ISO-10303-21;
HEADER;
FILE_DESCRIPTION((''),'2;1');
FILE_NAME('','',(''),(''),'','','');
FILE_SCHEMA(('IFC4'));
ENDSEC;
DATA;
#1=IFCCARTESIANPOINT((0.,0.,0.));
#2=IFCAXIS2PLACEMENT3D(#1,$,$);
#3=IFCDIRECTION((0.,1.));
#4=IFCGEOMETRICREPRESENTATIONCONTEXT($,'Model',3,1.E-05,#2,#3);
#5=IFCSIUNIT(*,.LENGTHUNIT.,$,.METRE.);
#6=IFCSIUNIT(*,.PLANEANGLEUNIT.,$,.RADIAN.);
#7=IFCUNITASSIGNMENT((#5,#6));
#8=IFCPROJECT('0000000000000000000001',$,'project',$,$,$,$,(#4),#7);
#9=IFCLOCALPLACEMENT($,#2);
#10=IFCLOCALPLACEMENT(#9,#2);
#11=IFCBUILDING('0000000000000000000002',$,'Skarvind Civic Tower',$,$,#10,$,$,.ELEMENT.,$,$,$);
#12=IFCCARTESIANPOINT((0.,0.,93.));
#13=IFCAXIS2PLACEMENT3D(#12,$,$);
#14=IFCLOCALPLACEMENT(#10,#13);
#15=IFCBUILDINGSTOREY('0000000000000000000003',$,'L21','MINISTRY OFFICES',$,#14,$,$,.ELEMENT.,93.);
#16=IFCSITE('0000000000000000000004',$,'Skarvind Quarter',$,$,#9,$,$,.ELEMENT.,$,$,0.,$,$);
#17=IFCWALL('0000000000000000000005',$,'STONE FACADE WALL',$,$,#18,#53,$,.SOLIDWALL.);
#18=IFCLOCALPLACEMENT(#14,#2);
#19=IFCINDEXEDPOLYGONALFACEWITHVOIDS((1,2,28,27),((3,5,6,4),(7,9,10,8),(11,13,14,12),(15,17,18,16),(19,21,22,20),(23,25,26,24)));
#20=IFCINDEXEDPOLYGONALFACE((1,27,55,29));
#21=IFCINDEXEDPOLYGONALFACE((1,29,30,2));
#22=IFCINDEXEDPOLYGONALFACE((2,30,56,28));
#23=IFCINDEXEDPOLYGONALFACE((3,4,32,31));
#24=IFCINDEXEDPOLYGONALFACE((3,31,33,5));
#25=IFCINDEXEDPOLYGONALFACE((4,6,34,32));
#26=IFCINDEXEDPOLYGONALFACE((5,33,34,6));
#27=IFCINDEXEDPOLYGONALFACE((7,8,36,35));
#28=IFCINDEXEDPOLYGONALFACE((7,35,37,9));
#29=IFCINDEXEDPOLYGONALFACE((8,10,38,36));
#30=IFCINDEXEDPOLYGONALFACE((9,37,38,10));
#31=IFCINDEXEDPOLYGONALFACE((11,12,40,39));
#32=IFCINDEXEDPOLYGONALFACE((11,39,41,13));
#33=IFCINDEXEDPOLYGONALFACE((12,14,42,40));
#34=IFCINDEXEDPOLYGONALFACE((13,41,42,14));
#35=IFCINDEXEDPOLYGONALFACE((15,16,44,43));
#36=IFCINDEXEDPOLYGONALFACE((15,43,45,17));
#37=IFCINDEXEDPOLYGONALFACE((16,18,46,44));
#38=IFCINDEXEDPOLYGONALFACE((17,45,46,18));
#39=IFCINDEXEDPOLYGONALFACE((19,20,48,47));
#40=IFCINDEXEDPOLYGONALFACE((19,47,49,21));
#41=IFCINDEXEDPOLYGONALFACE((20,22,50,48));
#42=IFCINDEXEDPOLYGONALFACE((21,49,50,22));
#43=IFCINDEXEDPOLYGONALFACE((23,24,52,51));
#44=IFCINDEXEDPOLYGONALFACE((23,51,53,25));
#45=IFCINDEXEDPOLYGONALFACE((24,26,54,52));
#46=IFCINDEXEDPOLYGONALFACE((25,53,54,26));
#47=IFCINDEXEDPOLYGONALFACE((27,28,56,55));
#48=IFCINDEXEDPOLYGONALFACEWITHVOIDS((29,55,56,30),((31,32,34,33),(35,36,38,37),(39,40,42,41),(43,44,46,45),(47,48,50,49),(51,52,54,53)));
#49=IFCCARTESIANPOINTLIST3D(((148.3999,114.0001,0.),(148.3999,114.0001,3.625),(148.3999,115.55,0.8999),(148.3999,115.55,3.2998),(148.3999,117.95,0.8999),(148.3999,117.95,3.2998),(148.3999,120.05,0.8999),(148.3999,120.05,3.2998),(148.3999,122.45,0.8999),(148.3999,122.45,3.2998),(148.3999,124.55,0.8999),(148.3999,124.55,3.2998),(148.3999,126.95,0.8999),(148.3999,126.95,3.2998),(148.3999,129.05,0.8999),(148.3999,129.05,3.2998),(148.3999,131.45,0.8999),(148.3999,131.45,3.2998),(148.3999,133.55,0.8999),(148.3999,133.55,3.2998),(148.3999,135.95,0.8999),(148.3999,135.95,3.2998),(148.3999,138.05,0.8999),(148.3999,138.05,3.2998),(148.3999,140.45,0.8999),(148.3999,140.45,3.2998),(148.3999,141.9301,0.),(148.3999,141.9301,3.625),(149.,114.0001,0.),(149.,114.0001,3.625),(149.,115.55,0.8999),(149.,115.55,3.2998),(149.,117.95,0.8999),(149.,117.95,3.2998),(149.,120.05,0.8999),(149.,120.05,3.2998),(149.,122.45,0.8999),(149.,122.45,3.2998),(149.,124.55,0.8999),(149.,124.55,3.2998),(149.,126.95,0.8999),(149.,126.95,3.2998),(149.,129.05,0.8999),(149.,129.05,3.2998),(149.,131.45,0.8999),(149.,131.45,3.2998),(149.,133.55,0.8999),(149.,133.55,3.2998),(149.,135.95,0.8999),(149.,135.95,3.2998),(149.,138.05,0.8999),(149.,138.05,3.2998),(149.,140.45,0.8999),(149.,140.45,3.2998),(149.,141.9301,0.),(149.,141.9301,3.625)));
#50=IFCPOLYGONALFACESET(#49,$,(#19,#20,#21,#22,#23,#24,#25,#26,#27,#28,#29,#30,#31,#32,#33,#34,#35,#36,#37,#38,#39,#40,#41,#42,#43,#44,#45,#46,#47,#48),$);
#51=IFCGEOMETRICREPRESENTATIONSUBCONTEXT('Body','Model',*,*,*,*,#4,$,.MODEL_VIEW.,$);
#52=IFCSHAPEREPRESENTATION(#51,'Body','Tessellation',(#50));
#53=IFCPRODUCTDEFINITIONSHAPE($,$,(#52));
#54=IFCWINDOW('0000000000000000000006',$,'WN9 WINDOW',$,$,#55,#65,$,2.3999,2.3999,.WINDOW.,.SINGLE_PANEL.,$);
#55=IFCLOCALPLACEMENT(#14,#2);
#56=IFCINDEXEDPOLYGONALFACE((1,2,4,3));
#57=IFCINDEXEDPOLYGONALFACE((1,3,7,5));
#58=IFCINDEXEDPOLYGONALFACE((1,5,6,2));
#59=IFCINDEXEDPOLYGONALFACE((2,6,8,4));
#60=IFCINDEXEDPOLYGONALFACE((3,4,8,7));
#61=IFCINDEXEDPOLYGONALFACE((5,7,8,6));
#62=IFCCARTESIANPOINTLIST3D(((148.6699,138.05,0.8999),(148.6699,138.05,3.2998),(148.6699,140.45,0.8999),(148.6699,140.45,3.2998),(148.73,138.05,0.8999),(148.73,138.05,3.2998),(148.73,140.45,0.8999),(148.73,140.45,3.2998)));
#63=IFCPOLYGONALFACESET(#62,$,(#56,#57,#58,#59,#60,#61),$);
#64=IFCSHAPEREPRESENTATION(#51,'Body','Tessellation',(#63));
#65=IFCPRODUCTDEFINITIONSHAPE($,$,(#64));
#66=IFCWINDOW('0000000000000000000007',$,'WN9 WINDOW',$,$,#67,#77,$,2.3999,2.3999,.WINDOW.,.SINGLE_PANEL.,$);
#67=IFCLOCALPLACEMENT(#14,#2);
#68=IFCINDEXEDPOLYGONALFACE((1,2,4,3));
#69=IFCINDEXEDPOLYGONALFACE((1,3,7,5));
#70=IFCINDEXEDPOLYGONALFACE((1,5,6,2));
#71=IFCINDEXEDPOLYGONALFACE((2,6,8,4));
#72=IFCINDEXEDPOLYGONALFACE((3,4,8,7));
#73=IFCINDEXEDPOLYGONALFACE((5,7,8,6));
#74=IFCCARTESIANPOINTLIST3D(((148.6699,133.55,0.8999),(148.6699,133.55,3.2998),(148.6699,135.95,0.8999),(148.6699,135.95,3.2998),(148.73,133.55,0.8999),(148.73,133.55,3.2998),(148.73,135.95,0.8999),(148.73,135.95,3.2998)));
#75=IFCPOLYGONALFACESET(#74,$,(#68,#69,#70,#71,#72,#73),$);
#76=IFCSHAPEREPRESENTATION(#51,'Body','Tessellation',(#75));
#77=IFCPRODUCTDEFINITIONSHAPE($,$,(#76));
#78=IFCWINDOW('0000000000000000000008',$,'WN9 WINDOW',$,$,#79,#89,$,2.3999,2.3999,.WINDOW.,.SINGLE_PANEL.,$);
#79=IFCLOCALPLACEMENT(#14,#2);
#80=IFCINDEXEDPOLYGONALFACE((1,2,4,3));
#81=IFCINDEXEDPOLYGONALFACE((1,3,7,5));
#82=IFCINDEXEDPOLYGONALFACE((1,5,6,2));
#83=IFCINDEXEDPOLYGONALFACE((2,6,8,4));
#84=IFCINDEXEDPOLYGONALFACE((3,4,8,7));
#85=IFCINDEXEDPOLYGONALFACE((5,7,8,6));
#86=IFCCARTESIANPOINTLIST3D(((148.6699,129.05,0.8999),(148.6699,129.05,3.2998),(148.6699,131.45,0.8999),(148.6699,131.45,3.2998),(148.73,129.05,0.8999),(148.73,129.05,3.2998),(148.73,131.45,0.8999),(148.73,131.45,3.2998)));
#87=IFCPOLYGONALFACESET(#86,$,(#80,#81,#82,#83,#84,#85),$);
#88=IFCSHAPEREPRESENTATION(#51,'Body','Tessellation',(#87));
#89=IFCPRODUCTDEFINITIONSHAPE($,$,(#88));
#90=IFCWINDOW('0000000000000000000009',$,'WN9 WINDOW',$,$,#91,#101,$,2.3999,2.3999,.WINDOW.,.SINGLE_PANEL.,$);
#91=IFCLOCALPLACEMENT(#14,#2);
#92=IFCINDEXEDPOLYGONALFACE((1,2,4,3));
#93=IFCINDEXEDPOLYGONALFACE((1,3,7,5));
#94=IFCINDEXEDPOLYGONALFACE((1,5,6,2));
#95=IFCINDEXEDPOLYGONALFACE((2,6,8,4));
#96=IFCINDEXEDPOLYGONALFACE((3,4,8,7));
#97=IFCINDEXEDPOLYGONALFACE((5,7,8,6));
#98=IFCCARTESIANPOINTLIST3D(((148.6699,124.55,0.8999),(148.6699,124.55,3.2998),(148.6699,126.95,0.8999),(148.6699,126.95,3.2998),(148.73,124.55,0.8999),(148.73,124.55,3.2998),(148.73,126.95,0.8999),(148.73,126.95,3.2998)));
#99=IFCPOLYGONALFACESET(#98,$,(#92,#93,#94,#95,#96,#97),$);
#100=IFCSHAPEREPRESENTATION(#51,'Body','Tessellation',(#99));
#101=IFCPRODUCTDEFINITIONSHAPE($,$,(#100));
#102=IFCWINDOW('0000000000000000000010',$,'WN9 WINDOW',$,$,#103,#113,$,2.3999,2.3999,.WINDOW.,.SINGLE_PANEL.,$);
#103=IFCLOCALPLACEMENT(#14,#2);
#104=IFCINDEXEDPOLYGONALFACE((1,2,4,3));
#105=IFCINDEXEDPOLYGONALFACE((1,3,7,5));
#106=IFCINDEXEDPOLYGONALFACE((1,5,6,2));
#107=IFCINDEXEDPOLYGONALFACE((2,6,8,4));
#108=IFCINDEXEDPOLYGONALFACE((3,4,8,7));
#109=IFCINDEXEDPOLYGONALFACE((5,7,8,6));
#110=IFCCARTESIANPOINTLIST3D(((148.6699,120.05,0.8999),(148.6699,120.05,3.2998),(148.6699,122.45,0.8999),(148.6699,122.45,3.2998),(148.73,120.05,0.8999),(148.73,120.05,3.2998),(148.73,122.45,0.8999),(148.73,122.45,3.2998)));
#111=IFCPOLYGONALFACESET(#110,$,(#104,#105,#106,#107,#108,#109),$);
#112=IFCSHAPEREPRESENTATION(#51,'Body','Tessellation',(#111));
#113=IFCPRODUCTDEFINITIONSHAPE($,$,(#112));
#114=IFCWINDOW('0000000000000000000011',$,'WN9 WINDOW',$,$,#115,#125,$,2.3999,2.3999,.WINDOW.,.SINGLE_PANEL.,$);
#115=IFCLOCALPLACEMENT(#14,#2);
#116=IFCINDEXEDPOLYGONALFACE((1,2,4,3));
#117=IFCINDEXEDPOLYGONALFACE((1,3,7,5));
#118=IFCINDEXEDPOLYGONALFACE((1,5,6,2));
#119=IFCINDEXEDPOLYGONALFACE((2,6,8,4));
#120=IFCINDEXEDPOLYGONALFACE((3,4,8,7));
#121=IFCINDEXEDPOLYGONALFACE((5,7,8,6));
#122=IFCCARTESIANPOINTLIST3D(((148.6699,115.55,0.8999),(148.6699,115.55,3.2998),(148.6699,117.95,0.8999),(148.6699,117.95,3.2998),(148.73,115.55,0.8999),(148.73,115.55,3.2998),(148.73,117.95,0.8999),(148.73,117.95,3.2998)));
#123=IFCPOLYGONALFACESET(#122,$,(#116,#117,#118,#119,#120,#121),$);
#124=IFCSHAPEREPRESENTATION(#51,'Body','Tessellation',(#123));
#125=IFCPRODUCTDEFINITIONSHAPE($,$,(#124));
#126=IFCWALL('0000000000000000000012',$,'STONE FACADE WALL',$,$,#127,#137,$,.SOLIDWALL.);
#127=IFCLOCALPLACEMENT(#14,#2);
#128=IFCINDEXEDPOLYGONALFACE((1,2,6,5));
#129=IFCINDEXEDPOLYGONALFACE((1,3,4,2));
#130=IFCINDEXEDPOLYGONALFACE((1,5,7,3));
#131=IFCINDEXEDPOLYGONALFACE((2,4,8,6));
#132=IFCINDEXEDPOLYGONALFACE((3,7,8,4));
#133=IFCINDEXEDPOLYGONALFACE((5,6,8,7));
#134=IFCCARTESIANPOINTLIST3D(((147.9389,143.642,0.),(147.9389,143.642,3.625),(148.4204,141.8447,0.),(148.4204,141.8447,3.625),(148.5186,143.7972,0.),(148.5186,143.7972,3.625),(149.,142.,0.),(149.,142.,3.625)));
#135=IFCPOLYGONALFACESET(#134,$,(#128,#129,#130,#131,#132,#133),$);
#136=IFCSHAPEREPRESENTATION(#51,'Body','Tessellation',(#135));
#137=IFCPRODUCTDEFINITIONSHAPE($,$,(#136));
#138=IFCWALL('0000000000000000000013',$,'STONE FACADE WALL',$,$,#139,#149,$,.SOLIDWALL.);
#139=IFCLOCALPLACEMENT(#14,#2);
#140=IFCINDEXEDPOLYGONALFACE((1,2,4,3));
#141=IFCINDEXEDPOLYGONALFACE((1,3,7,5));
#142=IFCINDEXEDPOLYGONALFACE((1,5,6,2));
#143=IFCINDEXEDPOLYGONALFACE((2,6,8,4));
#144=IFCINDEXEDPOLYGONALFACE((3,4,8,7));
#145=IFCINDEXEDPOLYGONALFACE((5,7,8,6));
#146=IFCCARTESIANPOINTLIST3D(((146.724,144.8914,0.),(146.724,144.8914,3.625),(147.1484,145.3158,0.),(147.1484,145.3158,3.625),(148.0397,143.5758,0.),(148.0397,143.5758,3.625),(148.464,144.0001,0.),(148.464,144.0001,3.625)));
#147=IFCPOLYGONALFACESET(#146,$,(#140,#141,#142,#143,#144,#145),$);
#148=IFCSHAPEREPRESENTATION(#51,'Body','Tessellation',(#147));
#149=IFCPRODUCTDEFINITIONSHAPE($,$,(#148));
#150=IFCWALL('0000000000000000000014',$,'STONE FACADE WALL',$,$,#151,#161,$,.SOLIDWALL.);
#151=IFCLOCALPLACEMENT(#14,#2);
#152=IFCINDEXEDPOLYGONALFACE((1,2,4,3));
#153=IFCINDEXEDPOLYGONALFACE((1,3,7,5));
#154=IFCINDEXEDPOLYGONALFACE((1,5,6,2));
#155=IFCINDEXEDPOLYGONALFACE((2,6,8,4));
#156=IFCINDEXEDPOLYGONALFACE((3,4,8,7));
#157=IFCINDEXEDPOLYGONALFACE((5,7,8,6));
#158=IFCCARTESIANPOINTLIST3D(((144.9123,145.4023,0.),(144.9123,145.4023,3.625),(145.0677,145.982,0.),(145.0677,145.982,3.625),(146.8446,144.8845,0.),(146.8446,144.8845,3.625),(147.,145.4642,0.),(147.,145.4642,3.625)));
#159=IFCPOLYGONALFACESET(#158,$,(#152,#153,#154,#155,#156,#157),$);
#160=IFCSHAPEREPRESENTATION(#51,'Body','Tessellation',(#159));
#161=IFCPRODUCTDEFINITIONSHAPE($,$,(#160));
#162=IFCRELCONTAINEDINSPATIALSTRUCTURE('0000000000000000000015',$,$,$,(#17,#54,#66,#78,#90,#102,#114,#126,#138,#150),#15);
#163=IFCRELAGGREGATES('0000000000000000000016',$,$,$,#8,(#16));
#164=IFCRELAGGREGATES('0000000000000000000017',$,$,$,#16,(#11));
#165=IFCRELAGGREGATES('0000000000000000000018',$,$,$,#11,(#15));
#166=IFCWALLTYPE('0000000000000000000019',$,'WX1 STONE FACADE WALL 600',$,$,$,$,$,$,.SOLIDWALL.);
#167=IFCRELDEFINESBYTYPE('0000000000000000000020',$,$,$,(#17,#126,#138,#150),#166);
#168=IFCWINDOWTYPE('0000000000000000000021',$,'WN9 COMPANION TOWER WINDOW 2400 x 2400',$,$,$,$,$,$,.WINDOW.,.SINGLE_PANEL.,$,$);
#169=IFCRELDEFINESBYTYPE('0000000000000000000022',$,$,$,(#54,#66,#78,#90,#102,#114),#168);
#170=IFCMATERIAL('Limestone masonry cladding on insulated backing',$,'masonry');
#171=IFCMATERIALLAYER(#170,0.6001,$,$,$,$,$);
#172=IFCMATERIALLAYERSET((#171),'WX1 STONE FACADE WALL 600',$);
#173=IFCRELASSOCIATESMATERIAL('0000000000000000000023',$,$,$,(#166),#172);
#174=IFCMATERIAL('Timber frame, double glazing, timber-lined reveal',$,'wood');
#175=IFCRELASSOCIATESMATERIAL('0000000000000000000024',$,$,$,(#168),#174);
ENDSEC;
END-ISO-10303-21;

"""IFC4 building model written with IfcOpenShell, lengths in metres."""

from ifc_helpers import new_model, si_unit, direction, frame, frame_2d, origin, place, context, subcontext, project, spatial, rectangle, extrude, material, layer, layer_set, type_object, element, fill, save


model = new_model("IFC4")

# Units and contexts
model_context = context("Model", 3, precision=1e-05, world=origin(), true_north=direction((0.0, 1.0)))
body_context = subcontext(model_context, "Body", "Model", "MODEL_VIEW")
ifc_project = project(units=[si_unit("LENGTHUNIT", "METRE"), si_unit("PLANEANGLEUNIT", "RADIAN")], contexts=[model_context])

# Site, building, storey
site_placement = place(None, origin())
site = spatial("IfcSite", under=ifc_project, at=site_placement, Name="Skarvind Quarter", CompositionType="ELEMENT", RefElevation=0.0)
building_placement = place(site_placement, origin())
building = spatial("IfcBuilding", under=site, at=building_placement, Name="Skarvind Civic Tower", CompositionType="ELEMENT")
storey_placement = place(building_placement, frame((0.0, 0.0, 93.0)))
storey = spatial("IfcBuildingStorey", under=building, at=storey_placement, Name="L21", Description="MINISTRY OFFICES", CompositionType="ELEMENT", Elevation=93.0)

# Wall, openings, windows
ifc_material_1 = material(Name="Limestone masonry cladding on insulated backing", Category="masonry")
ifc_layer_1 = layer(ifc_material_1, 0.6001)
ifc_layer_set_1 = layer_set([ifc_layer_1], Name="WX1 STONE FACADE WALL 600")
wall_type_1 = type_object("IfcWallType", Name="WX1 STONE FACADE WALL 600", PredefinedType="SOLIDWALL", material=ifc_layer_set_1)
wall_1_placement = place(storey_placement, frame((148.7, 141.9299, 0.0), z_axis=(0.0, 0.0, 1.0), x_axis=(0.0, -1.0, 0.0)))
wall_1 = element("IfcWall", 1, at=wall_1_placement, inside=storey, type_object=wall_type_1, Name="STONE FACADE WALL", PredefinedType="SOLIDWALL", context=body_context, shape_type="SweptSolid", body=[
    extrude(rectangle(XDim=27.9299, YDim=0.6001, at=frame_2d((13.9648, 0.0))), origin(), (0.0, 0.0, 1.0), 3.625),
])
opening_1_placement = place(wall_1_placement, frame((1.48, 0.0, 0.8999)))
opening_1 = element("IfcOpeningElement", 2, at=opening_1_placement, cuts=wall_1, PredefinedType="OPENING", context=body_context, shape_type="SweptSolid", body=[
    extrude(rectangle(XDim=2.3999, YDim=2.3999, at=frame_2d((1.2, 1.2))), frame((0.0, 0.3101, 0.0), z_axis=(0.0, -1.0, 0.0), x_axis=(1.0, 0.0, 0.0)), (0.0, 0.0, 1.0), 0.6201),
])
opening_2_placement = place(wall_1_placement, frame((5.98, 0.0, 0.8999)))
opening_2 = element("IfcOpeningElement", 3, at=opening_2_placement, cuts=wall_1, PredefinedType="OPENING", context=body_context, shape_type="SweptSolid", body=[
    extrude(rectangle(XDim=2.3999, YDim=2.3999, at=frame_2d((1.2, 1.2))), frame((0.0, 0.3101, 0.0), z_axis=(0.0, -1.0, 0.0), x_axis=(1.0, 0.0, 0.0)), (0.0, 0.0, 1.0), 0.6201),
])
opening_3_placement = place(wall_1_placement, frame((10.48, 0.0, 0.8999)))
opening_3 = element("IfcOpeningElement", 4, at=opening_3_placement, cuts=wall_1, PredefinedType="OPENING", context=body_context, shape_type="SweptSolid", body=[
    extrude(rectangle(XDim=2.3999, YDim=2.3999, at=frame_2d((1.2, 1.2))), frame((0.0, 0.3101, 0.0), z_axis=(0.0, -1.0, 0.0), x_axis=(1.0, 0.0, 0.0)), (0.0, 0.0, 1.0), 0.6201),
])
opening_4_placement = place(wall_1_placement, frame((14.98, 0.0, 0.8999)))
opening_4 = element("IfcOpeningElement", 5, at=opening_4_placement, cuts=wall_1, PredefinedType="OPENING", context=body_context, shape_type="SweptSolid", body=[
    extrude(rectangle(XDim=2.3999, YDim=2.3999, at=frame_2d((1.2, 1.2))), frame((0.0, 0.3101, 0.0), z_axis=(0.0, -1.0, 0.0), x_axis=(1.0, 0.0, 0.0)), (0.0, 0.0, 1.0), 0.6201),
])
opening_5_placement = place(wall_1_placement, frame((19.48, 0.0, 0.8999)))
opening_5 = element("IfcOpeningElement", 6, at=opening_5_placement, cuts=wall_1, PredefinedType="OPENING", context=body_context, shape_type="SweptSolid", body=[
    extrude(rectangle(XDim=2.3999, YDim=2.3999, at=frame_2d((1.2, 1.2))), frame((0.0, 0.3101, 0.0), z_axis=(0.0, -1.0, 0.0), x_axis=(1.0, 0.0, 0.0)), (0.0, 0.0, 1.0), 0.6201),
])
opening_6_placement = place(wall_1_placement, frame((23.98, 0.0, 0.8999)))
opening_6 = element("IfcOpeningElement", 7, at=opening_6_placement, cuts=wall_1, PredefinedType="OPENING", context=body_context, shape_type="SweptSolid", body=[
    extrude(rectangle(XDim=2.3999, YDim=2.3999, at=frame_2d((1.2, 1.2))), frame((0.0, 0.3101, 0.0), z_axis=(0.0, -1.0, 0.0), x_axis=(1.0, 0.0, 0.0)), (0.0, 0.0, 1.0), 0.6201),
])
ifc_material_2 = material(Name="Timber frame, double glazing, timber-lined reveal", Category="wood")
window_type = type_object("IfcWindowType", Name="WN9 COMPANION TOWER WINDOW 2400 x 2400", PartitioningType="SINGLE_PANEL", PredefinedType="WINDOW", material=ifc_material_2)
window_1_placement = place(opening_1_placement, origin())
window_1 = element("IfcWindow", 8, at=window_1_placement, inside=storey, type_object=window_type, Name="WN9 WINDOW", OverallHeight=2.3999, OverallWidth=2.3999, PartitioningType="SINGLE_PANEL", PredefinedType="WINDOW", context=body_context, shape_type="SweptSolid", body=[
    extrude(rectangle(XDim=2.3999, YDim=2.3999, at=frame_2d((1.2, 1.2))), frame((0.0, 0.03, 0.0), z_axis=(0.0, -1.0, 0.0), x_axis=(1.0, 0.0, 0.0)), (0.0, 0.0, 1.0), 0.0601),
])
fill(opening_1, window_1)
window_2_placement = place(opening_2_placement, origin())
window_2 = element("IfcWindow", 9, at=window_2_placement, inside=storey, type_object=window_type, Name="WN9 WINDOW", OverallHeight=2.3999, OverallWidth=2.3999, PartitioningType="SINGLE_PANEL", PredefinedType="WINDOW", context=body_context, shape_type="SweptSolid", body=[
    extrude(rectangle(XDim=2.3999, YDim=2.3999, at=frame_2d((1.2, 1.2))), frame((0.0, 0.03, 0.0), z_axis=(0.0, -1.0, 0.0), x_axis=(1.0, 0.0, 0.0)), (0.0, 0.0, 1.0), 0.0601),
])
fill(opening_2, window_2)
window_3_placement = place(opening_3_placement, origin())
window_3 = element("IfcWindow", 10, at=window_3_placement, inside=storey, type_object=window_type, Name="WN9 WINDOW", OverallHeight=2.3999, OverallWidth=2.3999, PartitioningType="SINGLE_PANEL", PredefinedType="WINDOW", context=body_context, shape_type="SweptSolid", body=[
    extrude(rectangle(XDim=2.3999, YDim=2.3999, at=frame_2d((1.2, 1.2))), frame((0.0, 0.03, 0.0), z_axis=(0.0, -1.0, 0.0), x_axis=(1.0, 0.0, 0.0)), (0.0, 0.0, 1.0), 0.0601),
])
fill(opening_3, window_3)
window_4_placement = place(opening_4_placement, origin())
window_4 = element("IfcWindow", 11, at=window_4_placement, inside=storey, type_object=window_type, Name="WN9 WINDOW", OverallHeight=2.3999, OverallWidth=2.3999, PartitioningType="SINGLE_PANEL", PredefinedType="WINDOW", context=body_context, shape_type="SweptSolid", body=[
    extrude(rectangle(XDim=2.3999, YDim=2.3999, at=frame_2d((1.2, 1.2))), frame((0.0, 0.03, 0.0), z_axis=(0.0, -1.0, 0.0), x_axis=(1.0, 0.0, 0.0)), (0.0, 0.0, 1.0), 0.0601),
])
fill(opening_4, window_4)
window_5_placement = place(opening_5_placement, origin())
window_5 = element("IfcWindow", 12, at=window_5_placement, inside=storey, type_object=window_type, Name="WN9 WINDOW", OverallHeight=2.3999, OverallWidth=2.3999, PartitioningType="SINGLE_PANEL", PredefinedType="WINDOW", context=body_context, shape_type="SweptSolid", body=[
    extrude(rectangle(XDim=2.3999, YDim=2.3999, at=frame_2d((1.2, 1.2))), frame((0.0, 0.03, 0.0), z_axis=(0.0, -1.0, 0.0), x_axis=(1.0, 0.0, 0.0)), (0.0, 0.0, 1.0), 0.0601),
])
fill(opening_5, window_5)
window_6_placement = place(opening_6_placement, origin())
window_6 = element("IfcWindow", 13, at=window_6_placement, inside=storey, type_object=window_type, Name="WN9 WINDOW", OverallHeight=2.3999, OverallWidth=2.3999, PartitioningType="SINGLE_PANEL", PredefinedType="WINDOW", context=body_context, shape_type="SweptSolid", body=[
    extrude(rectangle(XDim=2.3999, YDim=2.3999, at=frame_2d((1.2, 1.2))), frame((0.0, 0.03, 0.0), z_axis=(0.0, -1.0, 0.0), x_axis=(1.0, 0.0, 0.0)), (0.0, 0.0, 1.0), 0.0601),
])
fill(opening_6, window_6)

# Walls
for number, where, z_axis, x_axis, name in (
    (14, (148.2288, 143.7195, 0.0), (0.0, 0.0, 1.0), (0.258773, -0.965938, 0.0), "STONE FACADE WALL"),
    (15, (146.9363, 145.1035, 0.0), (0.0, 0.0, 1.0), (0.707107, -0.707107, 0.0), "STONE FACADE WALL"),
):
    element("IfcWall", number, at=place(storey_placement, frame(where, z_axis=z_axis, x_axis=x_axis)), inside=storey, type_object=wall_type_1, Name=name, PredefinedType="SOLIDWALL", context=body_context, shape_type="SweptSolid", body=[
        extrude(rectangle(XDim=1.8606, YDim=0.6001, at=frame_2d((0.9302, 0.0))), origin(), (0.0, 0.0, 1.0), 3.625),
    ])
wall_2_placement = place(storey_placement, frame((144.99, 145.6921, 0.0), z_axis=(0.0, 0.0, 1.0), x_axis=(0.96592, -0.25884, 0.0)))
element("IfcWall", 16, at=wall_2_placement, inside=storey, type_object=wall_type_1, Name="STONE FACADE WALL", PredefinedType="SOLIDWALL", context=body_context, shape_type="SweptSolid", body=[
    extrude(rectangle(XDim=2.0005, YDim=0.6001, at=frame_2d((1.0002, 0.0))), origin(), (0.0, 0.0, 1.0), 3.625),
])

save(model, "model.ifc")
